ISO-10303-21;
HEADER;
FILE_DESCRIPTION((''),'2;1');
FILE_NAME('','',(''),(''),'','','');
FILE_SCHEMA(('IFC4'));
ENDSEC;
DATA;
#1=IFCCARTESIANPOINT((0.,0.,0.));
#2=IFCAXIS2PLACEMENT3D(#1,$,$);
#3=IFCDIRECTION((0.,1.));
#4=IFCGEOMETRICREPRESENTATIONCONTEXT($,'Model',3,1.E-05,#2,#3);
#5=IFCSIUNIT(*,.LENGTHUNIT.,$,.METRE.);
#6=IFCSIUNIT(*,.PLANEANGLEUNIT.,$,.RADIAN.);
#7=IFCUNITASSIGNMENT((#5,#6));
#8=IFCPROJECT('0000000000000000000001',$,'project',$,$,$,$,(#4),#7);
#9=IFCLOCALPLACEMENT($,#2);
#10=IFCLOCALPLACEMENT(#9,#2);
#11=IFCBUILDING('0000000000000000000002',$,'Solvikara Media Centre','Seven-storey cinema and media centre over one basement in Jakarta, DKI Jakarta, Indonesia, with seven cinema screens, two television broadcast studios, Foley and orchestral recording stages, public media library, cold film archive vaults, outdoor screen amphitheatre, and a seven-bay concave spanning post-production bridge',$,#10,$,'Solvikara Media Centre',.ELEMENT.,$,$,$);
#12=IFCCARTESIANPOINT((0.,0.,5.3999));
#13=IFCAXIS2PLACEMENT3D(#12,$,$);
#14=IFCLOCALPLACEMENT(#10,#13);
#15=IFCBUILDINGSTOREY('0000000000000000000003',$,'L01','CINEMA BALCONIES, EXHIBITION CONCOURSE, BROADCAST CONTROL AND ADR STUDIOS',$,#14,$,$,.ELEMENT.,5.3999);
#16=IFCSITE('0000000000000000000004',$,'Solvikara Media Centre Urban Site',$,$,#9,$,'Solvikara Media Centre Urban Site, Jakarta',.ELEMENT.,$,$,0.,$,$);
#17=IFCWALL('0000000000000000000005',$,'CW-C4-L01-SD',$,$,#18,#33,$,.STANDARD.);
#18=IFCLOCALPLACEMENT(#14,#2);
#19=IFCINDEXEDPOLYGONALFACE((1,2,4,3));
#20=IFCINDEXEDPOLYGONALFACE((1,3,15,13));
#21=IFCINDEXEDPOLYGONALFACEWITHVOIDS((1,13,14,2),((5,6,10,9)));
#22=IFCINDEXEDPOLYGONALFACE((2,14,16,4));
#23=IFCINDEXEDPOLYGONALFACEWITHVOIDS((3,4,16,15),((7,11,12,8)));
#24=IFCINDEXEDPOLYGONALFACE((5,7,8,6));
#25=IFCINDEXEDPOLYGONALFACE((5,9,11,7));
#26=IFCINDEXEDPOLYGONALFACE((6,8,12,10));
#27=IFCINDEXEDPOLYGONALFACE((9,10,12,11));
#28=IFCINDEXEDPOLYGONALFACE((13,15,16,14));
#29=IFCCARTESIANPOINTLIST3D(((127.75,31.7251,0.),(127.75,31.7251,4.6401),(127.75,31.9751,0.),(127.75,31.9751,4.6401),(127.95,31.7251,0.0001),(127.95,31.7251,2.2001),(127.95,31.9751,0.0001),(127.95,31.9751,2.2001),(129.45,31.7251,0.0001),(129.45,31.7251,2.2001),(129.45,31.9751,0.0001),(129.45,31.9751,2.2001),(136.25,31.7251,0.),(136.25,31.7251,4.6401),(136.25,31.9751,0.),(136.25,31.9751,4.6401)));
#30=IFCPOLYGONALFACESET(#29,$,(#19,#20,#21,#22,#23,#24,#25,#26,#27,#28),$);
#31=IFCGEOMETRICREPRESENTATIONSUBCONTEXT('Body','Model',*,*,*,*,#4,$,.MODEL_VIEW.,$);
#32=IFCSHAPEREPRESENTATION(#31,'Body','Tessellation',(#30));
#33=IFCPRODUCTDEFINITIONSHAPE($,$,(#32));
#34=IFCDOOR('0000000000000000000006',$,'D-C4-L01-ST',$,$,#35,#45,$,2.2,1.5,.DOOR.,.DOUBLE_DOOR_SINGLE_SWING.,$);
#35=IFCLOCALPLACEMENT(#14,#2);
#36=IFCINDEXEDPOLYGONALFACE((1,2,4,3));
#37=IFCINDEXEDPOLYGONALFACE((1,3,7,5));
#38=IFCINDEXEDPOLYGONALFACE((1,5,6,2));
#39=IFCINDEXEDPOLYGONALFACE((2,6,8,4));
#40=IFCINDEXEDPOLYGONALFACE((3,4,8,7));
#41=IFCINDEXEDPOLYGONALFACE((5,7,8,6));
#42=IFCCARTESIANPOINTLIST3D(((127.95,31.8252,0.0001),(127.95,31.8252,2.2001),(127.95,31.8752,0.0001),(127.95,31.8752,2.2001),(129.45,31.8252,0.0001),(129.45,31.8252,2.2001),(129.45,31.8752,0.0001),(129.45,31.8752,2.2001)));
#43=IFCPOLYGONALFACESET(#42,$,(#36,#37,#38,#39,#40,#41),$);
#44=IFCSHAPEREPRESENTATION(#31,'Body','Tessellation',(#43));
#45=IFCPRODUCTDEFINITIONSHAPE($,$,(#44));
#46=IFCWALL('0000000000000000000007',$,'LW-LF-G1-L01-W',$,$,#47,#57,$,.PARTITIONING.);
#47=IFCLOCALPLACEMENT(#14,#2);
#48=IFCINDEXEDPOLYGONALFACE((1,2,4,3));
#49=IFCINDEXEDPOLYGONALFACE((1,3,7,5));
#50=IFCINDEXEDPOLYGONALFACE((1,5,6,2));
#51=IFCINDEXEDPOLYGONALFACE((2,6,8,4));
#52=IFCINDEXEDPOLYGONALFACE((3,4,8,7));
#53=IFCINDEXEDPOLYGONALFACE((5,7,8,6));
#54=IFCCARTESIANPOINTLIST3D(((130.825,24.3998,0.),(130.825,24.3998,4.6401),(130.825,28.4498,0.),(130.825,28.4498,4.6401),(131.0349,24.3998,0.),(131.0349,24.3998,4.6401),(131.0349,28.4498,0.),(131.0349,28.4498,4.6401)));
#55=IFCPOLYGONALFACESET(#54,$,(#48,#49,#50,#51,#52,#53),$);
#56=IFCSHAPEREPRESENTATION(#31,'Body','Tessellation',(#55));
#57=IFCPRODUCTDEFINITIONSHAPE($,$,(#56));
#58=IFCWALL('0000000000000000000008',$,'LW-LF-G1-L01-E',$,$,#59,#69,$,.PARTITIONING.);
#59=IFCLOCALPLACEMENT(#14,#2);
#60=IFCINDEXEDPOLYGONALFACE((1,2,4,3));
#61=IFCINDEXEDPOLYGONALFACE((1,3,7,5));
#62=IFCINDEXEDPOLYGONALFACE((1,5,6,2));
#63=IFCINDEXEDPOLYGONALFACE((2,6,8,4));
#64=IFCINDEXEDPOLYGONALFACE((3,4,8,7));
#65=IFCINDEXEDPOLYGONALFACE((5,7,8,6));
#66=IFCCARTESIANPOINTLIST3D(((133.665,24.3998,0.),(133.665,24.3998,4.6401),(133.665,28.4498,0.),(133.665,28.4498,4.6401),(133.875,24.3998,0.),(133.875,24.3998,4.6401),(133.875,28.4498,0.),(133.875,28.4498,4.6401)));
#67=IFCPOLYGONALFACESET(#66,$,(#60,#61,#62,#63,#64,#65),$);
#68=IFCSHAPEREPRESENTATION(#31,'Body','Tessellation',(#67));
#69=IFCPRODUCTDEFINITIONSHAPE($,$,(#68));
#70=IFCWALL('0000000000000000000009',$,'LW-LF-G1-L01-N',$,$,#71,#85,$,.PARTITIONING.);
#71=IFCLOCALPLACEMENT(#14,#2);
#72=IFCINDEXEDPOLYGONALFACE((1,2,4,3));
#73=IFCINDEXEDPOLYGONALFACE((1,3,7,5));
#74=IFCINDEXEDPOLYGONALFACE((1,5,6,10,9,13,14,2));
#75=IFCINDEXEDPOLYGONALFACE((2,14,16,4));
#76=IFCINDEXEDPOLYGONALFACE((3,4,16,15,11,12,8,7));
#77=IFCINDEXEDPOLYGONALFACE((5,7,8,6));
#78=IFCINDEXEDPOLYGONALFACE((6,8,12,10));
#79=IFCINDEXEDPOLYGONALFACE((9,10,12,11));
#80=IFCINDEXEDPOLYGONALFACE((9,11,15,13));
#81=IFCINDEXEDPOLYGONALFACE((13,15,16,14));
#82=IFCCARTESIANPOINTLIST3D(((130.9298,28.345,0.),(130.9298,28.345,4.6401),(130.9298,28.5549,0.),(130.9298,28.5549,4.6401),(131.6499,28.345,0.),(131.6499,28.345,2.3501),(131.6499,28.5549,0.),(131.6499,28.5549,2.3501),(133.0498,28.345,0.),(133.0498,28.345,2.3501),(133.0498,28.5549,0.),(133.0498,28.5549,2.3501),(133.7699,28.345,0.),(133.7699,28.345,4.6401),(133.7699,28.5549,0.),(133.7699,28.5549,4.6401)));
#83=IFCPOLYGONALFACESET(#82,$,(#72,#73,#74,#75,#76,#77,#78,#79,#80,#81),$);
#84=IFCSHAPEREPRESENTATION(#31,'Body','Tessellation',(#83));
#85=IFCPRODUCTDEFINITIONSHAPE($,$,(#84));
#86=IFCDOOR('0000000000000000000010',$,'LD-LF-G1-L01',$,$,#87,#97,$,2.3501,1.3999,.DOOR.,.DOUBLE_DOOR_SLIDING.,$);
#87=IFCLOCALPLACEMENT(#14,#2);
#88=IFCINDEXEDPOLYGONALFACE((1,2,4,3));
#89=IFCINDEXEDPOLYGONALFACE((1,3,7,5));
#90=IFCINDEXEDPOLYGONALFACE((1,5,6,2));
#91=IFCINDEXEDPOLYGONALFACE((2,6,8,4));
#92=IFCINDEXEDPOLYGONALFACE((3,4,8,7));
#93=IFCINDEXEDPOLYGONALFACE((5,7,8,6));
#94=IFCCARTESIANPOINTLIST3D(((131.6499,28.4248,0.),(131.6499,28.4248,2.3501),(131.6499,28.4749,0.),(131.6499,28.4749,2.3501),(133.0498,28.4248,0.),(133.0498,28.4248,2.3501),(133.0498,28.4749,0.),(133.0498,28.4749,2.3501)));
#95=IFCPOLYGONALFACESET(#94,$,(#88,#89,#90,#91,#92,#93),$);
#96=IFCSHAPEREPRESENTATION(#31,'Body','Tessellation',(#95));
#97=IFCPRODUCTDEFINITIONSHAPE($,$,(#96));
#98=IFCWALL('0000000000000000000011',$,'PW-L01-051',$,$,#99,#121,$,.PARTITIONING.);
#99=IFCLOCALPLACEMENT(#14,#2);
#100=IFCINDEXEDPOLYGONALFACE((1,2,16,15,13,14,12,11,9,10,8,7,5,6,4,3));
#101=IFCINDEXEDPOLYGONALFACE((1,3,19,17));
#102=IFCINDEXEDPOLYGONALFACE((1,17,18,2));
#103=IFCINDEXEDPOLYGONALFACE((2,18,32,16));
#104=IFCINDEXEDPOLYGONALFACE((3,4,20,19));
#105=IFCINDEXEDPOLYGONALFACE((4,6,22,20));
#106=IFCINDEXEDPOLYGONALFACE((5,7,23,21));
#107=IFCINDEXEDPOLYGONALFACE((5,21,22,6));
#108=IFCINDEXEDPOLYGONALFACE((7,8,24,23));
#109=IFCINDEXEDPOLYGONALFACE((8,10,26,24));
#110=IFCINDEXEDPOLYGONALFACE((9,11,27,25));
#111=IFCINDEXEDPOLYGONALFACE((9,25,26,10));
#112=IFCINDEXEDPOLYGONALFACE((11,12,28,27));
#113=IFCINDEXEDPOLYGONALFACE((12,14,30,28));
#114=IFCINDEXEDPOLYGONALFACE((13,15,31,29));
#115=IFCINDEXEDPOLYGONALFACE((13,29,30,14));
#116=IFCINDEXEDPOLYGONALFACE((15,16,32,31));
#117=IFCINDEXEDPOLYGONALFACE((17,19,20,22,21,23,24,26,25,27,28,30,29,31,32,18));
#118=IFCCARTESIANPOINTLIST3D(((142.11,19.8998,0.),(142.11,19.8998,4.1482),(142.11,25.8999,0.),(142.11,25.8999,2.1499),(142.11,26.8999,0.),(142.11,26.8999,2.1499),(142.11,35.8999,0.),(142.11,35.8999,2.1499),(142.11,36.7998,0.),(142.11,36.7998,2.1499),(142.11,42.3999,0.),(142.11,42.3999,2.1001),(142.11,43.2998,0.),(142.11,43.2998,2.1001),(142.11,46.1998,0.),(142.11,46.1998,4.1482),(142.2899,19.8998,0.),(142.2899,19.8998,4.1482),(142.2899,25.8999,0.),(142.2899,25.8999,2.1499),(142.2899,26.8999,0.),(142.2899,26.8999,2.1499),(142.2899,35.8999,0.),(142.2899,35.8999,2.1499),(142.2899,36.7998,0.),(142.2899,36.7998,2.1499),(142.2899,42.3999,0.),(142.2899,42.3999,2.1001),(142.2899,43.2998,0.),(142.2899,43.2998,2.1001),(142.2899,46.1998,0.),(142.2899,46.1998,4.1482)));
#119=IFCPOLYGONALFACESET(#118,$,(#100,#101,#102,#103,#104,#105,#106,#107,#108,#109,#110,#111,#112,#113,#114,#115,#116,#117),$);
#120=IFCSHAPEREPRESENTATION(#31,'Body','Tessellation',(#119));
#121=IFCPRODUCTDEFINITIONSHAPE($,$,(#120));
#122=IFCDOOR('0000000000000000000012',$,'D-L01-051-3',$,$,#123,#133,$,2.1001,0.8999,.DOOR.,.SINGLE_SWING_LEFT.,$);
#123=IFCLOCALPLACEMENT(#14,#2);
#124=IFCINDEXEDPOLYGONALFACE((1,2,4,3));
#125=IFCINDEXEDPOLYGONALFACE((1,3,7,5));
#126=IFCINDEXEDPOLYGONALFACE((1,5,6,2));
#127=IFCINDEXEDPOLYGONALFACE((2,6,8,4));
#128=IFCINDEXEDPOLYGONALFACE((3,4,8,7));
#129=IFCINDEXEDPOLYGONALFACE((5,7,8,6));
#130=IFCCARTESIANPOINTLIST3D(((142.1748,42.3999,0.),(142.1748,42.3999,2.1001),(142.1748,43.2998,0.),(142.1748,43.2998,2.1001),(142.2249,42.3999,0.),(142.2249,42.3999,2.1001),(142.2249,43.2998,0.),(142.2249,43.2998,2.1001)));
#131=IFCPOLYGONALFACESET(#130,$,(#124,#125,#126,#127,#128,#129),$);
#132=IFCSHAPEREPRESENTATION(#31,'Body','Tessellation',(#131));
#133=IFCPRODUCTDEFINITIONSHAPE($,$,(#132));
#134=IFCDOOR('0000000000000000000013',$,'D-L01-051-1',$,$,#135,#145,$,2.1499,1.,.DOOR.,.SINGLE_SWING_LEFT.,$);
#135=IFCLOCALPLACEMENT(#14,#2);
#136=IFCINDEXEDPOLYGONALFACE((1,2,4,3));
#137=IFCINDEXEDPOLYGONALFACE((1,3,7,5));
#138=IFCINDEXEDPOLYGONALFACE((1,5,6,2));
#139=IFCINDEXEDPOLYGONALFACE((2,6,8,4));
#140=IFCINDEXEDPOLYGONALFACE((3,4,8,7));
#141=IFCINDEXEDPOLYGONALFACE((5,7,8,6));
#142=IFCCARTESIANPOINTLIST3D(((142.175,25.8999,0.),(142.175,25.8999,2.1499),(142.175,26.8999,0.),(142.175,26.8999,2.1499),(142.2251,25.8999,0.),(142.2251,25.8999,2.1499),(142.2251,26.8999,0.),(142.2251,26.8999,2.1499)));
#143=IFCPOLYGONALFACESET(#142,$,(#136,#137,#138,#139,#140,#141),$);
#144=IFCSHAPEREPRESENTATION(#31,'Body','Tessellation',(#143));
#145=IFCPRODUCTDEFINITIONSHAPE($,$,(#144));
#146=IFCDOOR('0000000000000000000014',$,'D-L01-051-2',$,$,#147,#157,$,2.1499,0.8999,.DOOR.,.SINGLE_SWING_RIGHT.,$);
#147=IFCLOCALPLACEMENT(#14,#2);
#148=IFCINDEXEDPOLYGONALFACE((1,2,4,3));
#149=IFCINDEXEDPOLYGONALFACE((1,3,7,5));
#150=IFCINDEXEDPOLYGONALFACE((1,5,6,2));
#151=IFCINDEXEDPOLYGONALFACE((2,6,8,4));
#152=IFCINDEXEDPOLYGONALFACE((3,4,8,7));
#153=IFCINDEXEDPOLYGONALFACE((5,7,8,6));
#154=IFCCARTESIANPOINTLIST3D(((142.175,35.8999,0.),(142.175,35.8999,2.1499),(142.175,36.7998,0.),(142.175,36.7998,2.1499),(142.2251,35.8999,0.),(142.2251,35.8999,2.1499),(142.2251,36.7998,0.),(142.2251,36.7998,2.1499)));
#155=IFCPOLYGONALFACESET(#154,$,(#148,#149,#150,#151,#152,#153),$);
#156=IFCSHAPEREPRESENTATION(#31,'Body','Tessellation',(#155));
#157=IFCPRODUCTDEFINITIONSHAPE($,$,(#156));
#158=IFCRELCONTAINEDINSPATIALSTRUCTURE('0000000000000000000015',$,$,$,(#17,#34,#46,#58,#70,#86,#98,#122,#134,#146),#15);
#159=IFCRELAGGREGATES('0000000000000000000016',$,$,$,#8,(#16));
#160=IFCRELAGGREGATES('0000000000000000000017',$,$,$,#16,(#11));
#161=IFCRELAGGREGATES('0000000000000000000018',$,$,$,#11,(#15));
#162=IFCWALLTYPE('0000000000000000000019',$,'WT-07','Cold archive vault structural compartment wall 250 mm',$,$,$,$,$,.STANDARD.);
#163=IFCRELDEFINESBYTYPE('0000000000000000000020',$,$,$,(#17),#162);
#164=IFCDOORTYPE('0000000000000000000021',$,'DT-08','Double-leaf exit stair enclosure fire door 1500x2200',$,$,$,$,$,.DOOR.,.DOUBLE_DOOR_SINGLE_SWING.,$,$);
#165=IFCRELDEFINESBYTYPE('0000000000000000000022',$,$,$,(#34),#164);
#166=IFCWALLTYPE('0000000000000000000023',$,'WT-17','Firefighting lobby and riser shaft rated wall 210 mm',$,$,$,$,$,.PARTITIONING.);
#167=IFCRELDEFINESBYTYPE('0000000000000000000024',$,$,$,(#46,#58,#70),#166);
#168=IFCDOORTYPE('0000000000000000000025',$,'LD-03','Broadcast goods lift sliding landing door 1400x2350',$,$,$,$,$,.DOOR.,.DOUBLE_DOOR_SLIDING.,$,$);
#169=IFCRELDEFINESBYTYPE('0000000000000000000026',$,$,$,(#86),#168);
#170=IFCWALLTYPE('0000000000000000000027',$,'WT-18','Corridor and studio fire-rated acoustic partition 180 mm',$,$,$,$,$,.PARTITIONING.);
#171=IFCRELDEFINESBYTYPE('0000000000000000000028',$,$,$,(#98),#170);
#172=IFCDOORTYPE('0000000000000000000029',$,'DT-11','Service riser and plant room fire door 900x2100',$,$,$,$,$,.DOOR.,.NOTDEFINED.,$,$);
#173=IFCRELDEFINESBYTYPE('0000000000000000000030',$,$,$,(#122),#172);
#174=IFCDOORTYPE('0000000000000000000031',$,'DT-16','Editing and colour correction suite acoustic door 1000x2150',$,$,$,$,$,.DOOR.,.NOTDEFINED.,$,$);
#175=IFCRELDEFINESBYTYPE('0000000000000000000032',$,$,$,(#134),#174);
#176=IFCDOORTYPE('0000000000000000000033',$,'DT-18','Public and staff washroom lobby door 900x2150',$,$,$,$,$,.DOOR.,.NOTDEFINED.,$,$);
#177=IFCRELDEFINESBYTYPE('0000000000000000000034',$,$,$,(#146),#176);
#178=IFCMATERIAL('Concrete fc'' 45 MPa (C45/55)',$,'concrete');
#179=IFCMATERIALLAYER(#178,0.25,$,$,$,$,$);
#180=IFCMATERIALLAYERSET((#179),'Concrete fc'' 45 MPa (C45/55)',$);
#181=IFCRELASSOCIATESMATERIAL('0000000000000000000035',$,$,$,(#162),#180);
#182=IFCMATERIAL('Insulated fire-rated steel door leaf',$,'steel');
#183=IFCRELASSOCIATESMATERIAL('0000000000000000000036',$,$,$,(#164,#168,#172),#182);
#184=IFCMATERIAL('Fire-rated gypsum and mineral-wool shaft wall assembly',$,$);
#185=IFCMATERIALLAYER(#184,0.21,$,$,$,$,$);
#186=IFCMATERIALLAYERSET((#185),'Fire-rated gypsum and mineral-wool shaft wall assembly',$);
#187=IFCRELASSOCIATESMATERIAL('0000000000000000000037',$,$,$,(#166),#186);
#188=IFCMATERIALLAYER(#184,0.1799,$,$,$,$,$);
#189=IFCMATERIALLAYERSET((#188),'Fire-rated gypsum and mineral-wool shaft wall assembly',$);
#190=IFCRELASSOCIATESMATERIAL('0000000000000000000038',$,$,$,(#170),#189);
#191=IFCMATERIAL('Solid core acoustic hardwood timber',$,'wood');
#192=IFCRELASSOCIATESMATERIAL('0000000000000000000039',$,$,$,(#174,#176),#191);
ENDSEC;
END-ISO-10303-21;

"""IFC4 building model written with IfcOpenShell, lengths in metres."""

from ifc_helpers import new_model, si_unit, direction, frame, frame_2d, origin, place, context, subcontext, project, spatial, rectangle, extrude, material, layer, layer_set, type_object, element, fill, save


model = new_model("IFC4")

# Units and contexts
model_context = context("Model", 3, precision=1e-05, world=origin(), true_north=direction((0.0, 1.0)))
body_context = subcontext(model_context, "Body", "Model", "MODEL_VIEW")
ifc_project = project(units=[si_unit("LENGTHUNIT", "METRE"), si_unit("PLANEANGLEUNIT", "RADIAN")], contexts=[model_context])

# Site, building, storey
site_placement = place(None, origin())
site = spatial("IfcSite", under=ifc_project, at=site_placement, Name="Solvikara Media Centre Urban Site", LongName="Solvikara Media Centre Urban Site, Jakarta", CompositionType="ELEMENT", RefElevation=0.0)
building_placement = place(site_placement, origin())
building = spatial("IfcBuilding", under=site, at=building_placement, Name="Solvikara Media Centre", Description="Seven-storey cinema and media centre over one basement in Jakarta, DKI Jakarta, Indonesia, with seven cinema screens, two television broadcast studios, Foley and orchestral recording stages, public media library, cold film archive vaults, outdoor screen amphitheatre, and a seven-bay concave spanning post-production bridge", LongName="Solvikara Media Centre", CompositionType="ELEMENT")
storey_placement = place(building_placement, frame((0.0, 0.0, 5.3999)))
storey = spatial("IfcBuildingStorey", under=building, at=storey_placement, Name="L01", Description="CINEMA BALCONIES, EXHIBITION CONCOURSE, BROADCAST CONTROL AND ADR STUDIOS", CompositionType="ELEMENT", Elevation=5.3999)

# Shared definitions
ifc_material_1 = material(Name="Concrete fc' 45 MPa (C45/55)", Category="concrete")

# Shared definitions
ifc_material_2 = material(Name="Insulated fire-rated steel door leaf", Category="steel")

# Shared definitions
ifc_material_3 = material(Name="Solid core acoustic hardwood timber", Category="wood")

# Wall, opening, door
ifc_layer_1 = layer(ifc_material_1, 0.25)
ifc_layer_set_1 = layer_set([ifc_layer_1], Name="Concrete fc' 45 MPa (C45/55)")
wall_type_1 = type_object("IfcWallType", Name="WT-07", Description="Cold archive vault structural compartment wall 250 mm", PredefinedType="STANDARD", material=ifc_layer_set_1)
wall_1_placement = place(storey_placement, frame((127.75, 31.8501, 0.0), z_axis=(0.0, 0.0, 1.0), x_axis=(1.0, 0.0, 0.0)))
wall_1 = element("IfcWall", 1, at=wall_1_placement, inside=storey, type_object=wall_type_1, Name="CW-C4-L01-SD", PredefinedType="STANDARD", context=body_context, shape_type="SweptSolid", body=[
    extrude(rectangle(XDim=8.5, YDim=0.25, at=frame_2d((4.25, 0.0))), origin(), (0.0, 0.0, 1.0), 4.6401),
])
opening_1_placement = place(wall_1_placement, frame((0.2, 0.0, 0.0)))
opening_1 = element("IfcOpeningElement", 2, at=opening_1_placement, cuts=wall_1, PredefinedType="OPENING", context=body_context, shape_type="SweptSolid", body=[
    extrude(rectangle(XDim=1.5, YDim=2.2, at=frame_2d((0.75, 1.1001))), frame((0.0, 0.137, 0.0), z_axis=(0.0, -1.0, 0.0), x_axis=(1.0, 0.0, 0.0)), (0.0, 0.0, 1.0), 0.2739),
])
door_type_1 = type_object("IfcDoorType", Name="DT-08", Description="Double-leaf exit stair enclosure fire door 1500x2200", OperationType="DOUBLE_DOOR_SINGLE_SWING", PredefinedType="DOOR", material=ifc_material_2)
door_1_placement = place(opening_1_placement, frame((1.5, 0.0, 0.0), z_axis=(0.0, 0.0, 1.0), x_axis=(-1.0, 0.0, 0.0)))
door_1 = element("IfcDoor", 3, at=door_1_placement, inside=storey, type_object=door_type_1, Name="D-C4-L01-ST", OperationType="DOUBLE_DOOR_SINGLE_SWING", OverallHeight=2.2, OverallWidth=1.5, PredefinedType="DOOR", context=body_context, shape_type="SweptSolid", body=[
    extrude(rectangle(XDim=1.5, YDim=2.2, at=frame_2d((0.75, 1.1001))), frame((0.0, 0.0249, 0.0), z_axis=(0.0, -1.0, 0.0), x_axis=(1.0, 0.0, 0.0)), (0.0, 0.0, 1.0), 0.05),
])
fill(opening_1, door_1)

# Walls
ifc_material_4 = material(Name="Fire-rated gypsum and mineral-wool shaft wall assembly")
ifc_layer_2 = layer(ifc_material_4, 0.21)
ifc_layer_set_2 = layer_set([ifc_layer_2], Name="Fire-rated gypsum and mineral-wool shaft wall assembly")
wall_type_2 = type_object("IfcWallType", Name="WT-17", Description="Firefighting lobby and riser shaft rated wall 210 mm", PredefinedType="PARTITIONING", material=ifc_layer_set_2)
for number, where, z_axis, x_axis, name in (
    (4, (130.9299, 24.3999, 0.0), (0.0, 0.0, 1.0), (0.0, 1.0, 0.0), "LW-LF-G1-L01-W"),
    (5, (133.77, 24.3999, 0.0), (0.0, 0.0, 1.0), (0.0, 1.0, 0.0), "LW-LF-G1-L01-E"),
):
    element("IfcWall", number, at=place(storey_placement, frame(where, z_axis=z_axis, x_axis=x_axis)), inside=storey, type_object=wall_type_2, Name=name, PredefinedType="PARTITIONING", context=body_context, shape_type="SweptSolid", body=[
        extrude(rectangle(XDim=4.05, YDim=0.21, at=frame_2d((2.0249, 0.0))), origin(), (0.0, 0.0, 1.0), 4.6401),
    ])

# Wall, opening, door
wall_2_placement = place(storey_placement, frame((130.9299, 28.45, 0.0), z_axis=(0.0, 0.0, 1.0), x_axis=(1.0, 0.0, 0.0)))
wall_2 = element("IfcWall", 6, at=wall_2_placement, inside=storey, type_object=wall_type_2, Name="LW-LF-G1-L01-N", PredefinedType="PARTITIONING", context=body_context, shape_type="SweptSolid", body=[
    extrude(rectangle(XDim=2.8401, YDim=0.21, at=frame_2d((1.4199, 0.0))), origin(), (0.0, 0.0, 1.0), 4.6401),
])
opening_2_placement = place(wall_2_placement, frame((0.72, 0.0, 0.0)))
opening_2 = element("IfcOpeningElement", 7, at=opening_2_placement, cuts=wall_2, PredefinedType="OPENING", context=body_context, shape_type="SweptSolid", body=[
    extrude(rectangle(XDim=1.3999, YDim=2.3501, at=frame_2d((0.7, 1.175))), frame((0.0, 0.1169, 0.0), z_axis=(0.0, -1.0, 0.0), x_axis=(1.0, 0.0, 0.0)), (0.0, 0.0, 1.0), 0.2339),
])
door_type_2 = type_object("IfcDoorType", Name="LD-03", Description="Broadcast goods lift sliding landing door 1400x2350", OperationType="DOUBLE_DOOR_SLIDING", PredefinedType="DOOR", material=ifc_material_2)
door_2_placement = place(opening_2_placement, origin())
door_2 = element("IfcDoor", 8, at=door_2_placement, inside=storey, type_object=door_type_2, Name="LD-LF-G1-L01", OperationType="DOUBLE_DOOR_SLIDING", OverallHeight=2.3501, OverallWidth=1.3999, PredefinedType="DOOR", context=body_context, shape_type="SweptSolid", body=[
    extrude(rectangle(XDim=1.3999, YDim=2.3501, at=frame_2d((0.7, 1.175))), frame((0.0, 0.0249, 0.0), z_axis=(0.0, -1.0, 0.0), x_axis=(1.0, 0.0, 0.0)), (0.0, 0.0, 1.0), 0.05),
])
fill(opening_2, door_2)

# Wall, openings, doors
ifc_layer_3 = layer(ifc_material_4, 0.1799)
ifc_layer_set_3 = layer_set([ifc_layer_3], Name="Fire-rated gypsum and mineral-wool shaft wall assembly")
wall_type_3 = type_object("IfcWallType", Name="WT-18", Description="Corridor and studio fire-rated acoustic partition 180 mm", PredefinedType="PARTITIONING", material=ifc_layer_set_3)
wall_3_placement = place(storey_placement, frame((142.2, 19.8999, 0.0), z_axis=(0.0, 0.0, 1.0), x_axis=(0.0, 1.0, 0.0)))
wall_3 = element("IfcWall", 9, at=wall_3_placement, inside=storey, type_object=wall_type_3, Name="PW-L01-051", PredefinedType="PARTITIONING", context=body_context, shape_type="SweptSolid", body=[
    extrude(rectangle(XDim=26.3, YDim=0.1799, at=frame_2d((13.1499, 0.0))), origin(), (0.0, 0.0, 1.0), 4.1482),
])
opening_3_placement = place(wall_3_placement, frame((6.0, 0.0, 0.0)))
opening_3 = element("IfcOpeningElement", 10, at=opening_3_placement, cuts=wall_3, PredefinedType="OPENING", context=body_context, shape_type="SweptSolid", body=[
    extrude(rectangle(XDim=1.0, YDim=2.1499, at=frame_2d((0.5, 1.075))), frame((0.0, 0.1021, 0.0), z_axis=(0.0, -1.0, 0.0), x_axis=(1.0, 0.0, 0.0)), (0.0, 0.0, 1.0), 0.2039),
])
opening_4_placement = place(wall_3_placement, frame((16.0, 0.0, 0.0)))
opening_4 = element("IfcOpeningElement", 11, at=opening_4_placement, cuts=wall_3, PredefinedType="OPENING", context=body_context, shape_type="SweptSolid", body=[
    extrude(rectangle(XDim=0.8999, YDim=2.1499, at=frame_2d((0.45, 1.075))), frame((0.0, 0.1021, 0.0), z_axis=(0.0, -1.0, 0.0), x_axis=(1.0, 0.0, 0.0)), (0.0, 0.0, 1.0), 0.2039),
])
opening_5_placement = place(wall_3_placement, frame((22.5, 0.0, 0.0)))
opening_5 = element("IfcOpeningElement", 12, at=opening_5_placement, cuts=wall_3, PredefinedType="OPENING", context=body_context, shape_type="SweptSolid", body=[
    extrude(rectangle(XDim=0.8999, YDim=2.1001, at=frame_2d((0.45, 1.05))), frame((0.0, 0.1021, 0.0), z_axis=(0.0, -1.0, 0.0), x_axis=(1.0, 0.0, 0.0)), (0.0, 0.0, 1.0), 0.2039),
])
door_type_3 = type_object("IfcDoorType", Name="DT-11", Description="Service riser and plant room fire door 900x2100", OperationType="NOTDEFINED", PredefinedType="DOOR", material=ifc_material_2)
door_3_placement = place(opening_5_placement, frame((0.8999, 0.0, 0.0), z_axis=(0.0, 0.0, 1.0), x_axis=(-1.0, 0.0, 0.0)))
door_3 = element("IfcDoor", 13, at=door_3_placement, inside=storey, type_object=door_type_3, Name="D-L01-051-3", OperationType="SINGLE_SWING_LEFT", OverallHeight=2.1001, OverallWidth=0.8999, PredefinedType="DOOR", context=body_context, shape_type="SweptSolid", body=[
    extrude(rectangle(XDim=0.8999, YDim=2.1001, at=frame_2d((0.45, 1.05))), frame((0.0, 0.0249, 0.0), z_axis=(0.0, -1.0, 0.0), x_axis=(1.0, 0.0, 0.0)), (0.0, 0.0, 1.0), 0.05),
])
fill(opening_5, door_3)
door_type_4 = type_object("IfcDoorType", Name="DT-16", Description="Editing and colour correction suite acoustic door 1000x2150", OperationType="NOTDEFINED", PredefinedType="DOOR", material=ifc_material_3)
door_4_placement = place(opening_3_placement, origin())
door_4 = element("IfcDoor", 14, at=door_4_placement, inside=storey, type_object=door_type_4, Name="D-L01-051-1", OperationType="SINGLE_SWING_LEFT", OverallHeight=2.1499, OverallWidth=1.0, PredefinedType="DOOR", context=body_context, shape_type="SweptSolid", body=[
    extrude(rectangle(XDim=1.0, YDim=2.1499, at=frame_2d((0.5, 1.075))), frame((0.0, 0.0249, 0.0), z_axis=(0.0, -1.0, 0.0), x_axis=(1.0, 0.0, 0.0)), (0.0, 0.0, 1.0), 0.05),
])
fill(opening_3, door_4)
door_type_5 = type_object("IfcDoorType", Name="DT-18", Description="Public and staff washroom lobby door 900x2150", OperationType="NOTDEFINED", PredefinedType="DOOR", material=ifc_material_3)
door_5_placement = place(opening_4_placement, origin())
door_5 = element("IfcDoor", 15, at=door_5_placement, inside=storey, type_object=door_type_5, Name="D-L01-051-2", OperationType="SINGLE_SWING_RIGHT", OverallHeight=2.1499, OverallWidth=0.8999, PredefinedType="DOOR", context=body_context, shape_type="SweptSolid", body=[
    extrude(rectangle(XDim=0.8999, YDim=2.1499, at=frame_2d((0.45, 1.075))), frame((0.0, 0.0249, 0.0), z_axis=(0.0, -1.0, 0.0), x_axis=(1.0, 0.0, 0.0)), (0.0, 0.0, 1.0), 0.05),
])
fill(opening_4, door_5)

save(model, "model.ifc")
